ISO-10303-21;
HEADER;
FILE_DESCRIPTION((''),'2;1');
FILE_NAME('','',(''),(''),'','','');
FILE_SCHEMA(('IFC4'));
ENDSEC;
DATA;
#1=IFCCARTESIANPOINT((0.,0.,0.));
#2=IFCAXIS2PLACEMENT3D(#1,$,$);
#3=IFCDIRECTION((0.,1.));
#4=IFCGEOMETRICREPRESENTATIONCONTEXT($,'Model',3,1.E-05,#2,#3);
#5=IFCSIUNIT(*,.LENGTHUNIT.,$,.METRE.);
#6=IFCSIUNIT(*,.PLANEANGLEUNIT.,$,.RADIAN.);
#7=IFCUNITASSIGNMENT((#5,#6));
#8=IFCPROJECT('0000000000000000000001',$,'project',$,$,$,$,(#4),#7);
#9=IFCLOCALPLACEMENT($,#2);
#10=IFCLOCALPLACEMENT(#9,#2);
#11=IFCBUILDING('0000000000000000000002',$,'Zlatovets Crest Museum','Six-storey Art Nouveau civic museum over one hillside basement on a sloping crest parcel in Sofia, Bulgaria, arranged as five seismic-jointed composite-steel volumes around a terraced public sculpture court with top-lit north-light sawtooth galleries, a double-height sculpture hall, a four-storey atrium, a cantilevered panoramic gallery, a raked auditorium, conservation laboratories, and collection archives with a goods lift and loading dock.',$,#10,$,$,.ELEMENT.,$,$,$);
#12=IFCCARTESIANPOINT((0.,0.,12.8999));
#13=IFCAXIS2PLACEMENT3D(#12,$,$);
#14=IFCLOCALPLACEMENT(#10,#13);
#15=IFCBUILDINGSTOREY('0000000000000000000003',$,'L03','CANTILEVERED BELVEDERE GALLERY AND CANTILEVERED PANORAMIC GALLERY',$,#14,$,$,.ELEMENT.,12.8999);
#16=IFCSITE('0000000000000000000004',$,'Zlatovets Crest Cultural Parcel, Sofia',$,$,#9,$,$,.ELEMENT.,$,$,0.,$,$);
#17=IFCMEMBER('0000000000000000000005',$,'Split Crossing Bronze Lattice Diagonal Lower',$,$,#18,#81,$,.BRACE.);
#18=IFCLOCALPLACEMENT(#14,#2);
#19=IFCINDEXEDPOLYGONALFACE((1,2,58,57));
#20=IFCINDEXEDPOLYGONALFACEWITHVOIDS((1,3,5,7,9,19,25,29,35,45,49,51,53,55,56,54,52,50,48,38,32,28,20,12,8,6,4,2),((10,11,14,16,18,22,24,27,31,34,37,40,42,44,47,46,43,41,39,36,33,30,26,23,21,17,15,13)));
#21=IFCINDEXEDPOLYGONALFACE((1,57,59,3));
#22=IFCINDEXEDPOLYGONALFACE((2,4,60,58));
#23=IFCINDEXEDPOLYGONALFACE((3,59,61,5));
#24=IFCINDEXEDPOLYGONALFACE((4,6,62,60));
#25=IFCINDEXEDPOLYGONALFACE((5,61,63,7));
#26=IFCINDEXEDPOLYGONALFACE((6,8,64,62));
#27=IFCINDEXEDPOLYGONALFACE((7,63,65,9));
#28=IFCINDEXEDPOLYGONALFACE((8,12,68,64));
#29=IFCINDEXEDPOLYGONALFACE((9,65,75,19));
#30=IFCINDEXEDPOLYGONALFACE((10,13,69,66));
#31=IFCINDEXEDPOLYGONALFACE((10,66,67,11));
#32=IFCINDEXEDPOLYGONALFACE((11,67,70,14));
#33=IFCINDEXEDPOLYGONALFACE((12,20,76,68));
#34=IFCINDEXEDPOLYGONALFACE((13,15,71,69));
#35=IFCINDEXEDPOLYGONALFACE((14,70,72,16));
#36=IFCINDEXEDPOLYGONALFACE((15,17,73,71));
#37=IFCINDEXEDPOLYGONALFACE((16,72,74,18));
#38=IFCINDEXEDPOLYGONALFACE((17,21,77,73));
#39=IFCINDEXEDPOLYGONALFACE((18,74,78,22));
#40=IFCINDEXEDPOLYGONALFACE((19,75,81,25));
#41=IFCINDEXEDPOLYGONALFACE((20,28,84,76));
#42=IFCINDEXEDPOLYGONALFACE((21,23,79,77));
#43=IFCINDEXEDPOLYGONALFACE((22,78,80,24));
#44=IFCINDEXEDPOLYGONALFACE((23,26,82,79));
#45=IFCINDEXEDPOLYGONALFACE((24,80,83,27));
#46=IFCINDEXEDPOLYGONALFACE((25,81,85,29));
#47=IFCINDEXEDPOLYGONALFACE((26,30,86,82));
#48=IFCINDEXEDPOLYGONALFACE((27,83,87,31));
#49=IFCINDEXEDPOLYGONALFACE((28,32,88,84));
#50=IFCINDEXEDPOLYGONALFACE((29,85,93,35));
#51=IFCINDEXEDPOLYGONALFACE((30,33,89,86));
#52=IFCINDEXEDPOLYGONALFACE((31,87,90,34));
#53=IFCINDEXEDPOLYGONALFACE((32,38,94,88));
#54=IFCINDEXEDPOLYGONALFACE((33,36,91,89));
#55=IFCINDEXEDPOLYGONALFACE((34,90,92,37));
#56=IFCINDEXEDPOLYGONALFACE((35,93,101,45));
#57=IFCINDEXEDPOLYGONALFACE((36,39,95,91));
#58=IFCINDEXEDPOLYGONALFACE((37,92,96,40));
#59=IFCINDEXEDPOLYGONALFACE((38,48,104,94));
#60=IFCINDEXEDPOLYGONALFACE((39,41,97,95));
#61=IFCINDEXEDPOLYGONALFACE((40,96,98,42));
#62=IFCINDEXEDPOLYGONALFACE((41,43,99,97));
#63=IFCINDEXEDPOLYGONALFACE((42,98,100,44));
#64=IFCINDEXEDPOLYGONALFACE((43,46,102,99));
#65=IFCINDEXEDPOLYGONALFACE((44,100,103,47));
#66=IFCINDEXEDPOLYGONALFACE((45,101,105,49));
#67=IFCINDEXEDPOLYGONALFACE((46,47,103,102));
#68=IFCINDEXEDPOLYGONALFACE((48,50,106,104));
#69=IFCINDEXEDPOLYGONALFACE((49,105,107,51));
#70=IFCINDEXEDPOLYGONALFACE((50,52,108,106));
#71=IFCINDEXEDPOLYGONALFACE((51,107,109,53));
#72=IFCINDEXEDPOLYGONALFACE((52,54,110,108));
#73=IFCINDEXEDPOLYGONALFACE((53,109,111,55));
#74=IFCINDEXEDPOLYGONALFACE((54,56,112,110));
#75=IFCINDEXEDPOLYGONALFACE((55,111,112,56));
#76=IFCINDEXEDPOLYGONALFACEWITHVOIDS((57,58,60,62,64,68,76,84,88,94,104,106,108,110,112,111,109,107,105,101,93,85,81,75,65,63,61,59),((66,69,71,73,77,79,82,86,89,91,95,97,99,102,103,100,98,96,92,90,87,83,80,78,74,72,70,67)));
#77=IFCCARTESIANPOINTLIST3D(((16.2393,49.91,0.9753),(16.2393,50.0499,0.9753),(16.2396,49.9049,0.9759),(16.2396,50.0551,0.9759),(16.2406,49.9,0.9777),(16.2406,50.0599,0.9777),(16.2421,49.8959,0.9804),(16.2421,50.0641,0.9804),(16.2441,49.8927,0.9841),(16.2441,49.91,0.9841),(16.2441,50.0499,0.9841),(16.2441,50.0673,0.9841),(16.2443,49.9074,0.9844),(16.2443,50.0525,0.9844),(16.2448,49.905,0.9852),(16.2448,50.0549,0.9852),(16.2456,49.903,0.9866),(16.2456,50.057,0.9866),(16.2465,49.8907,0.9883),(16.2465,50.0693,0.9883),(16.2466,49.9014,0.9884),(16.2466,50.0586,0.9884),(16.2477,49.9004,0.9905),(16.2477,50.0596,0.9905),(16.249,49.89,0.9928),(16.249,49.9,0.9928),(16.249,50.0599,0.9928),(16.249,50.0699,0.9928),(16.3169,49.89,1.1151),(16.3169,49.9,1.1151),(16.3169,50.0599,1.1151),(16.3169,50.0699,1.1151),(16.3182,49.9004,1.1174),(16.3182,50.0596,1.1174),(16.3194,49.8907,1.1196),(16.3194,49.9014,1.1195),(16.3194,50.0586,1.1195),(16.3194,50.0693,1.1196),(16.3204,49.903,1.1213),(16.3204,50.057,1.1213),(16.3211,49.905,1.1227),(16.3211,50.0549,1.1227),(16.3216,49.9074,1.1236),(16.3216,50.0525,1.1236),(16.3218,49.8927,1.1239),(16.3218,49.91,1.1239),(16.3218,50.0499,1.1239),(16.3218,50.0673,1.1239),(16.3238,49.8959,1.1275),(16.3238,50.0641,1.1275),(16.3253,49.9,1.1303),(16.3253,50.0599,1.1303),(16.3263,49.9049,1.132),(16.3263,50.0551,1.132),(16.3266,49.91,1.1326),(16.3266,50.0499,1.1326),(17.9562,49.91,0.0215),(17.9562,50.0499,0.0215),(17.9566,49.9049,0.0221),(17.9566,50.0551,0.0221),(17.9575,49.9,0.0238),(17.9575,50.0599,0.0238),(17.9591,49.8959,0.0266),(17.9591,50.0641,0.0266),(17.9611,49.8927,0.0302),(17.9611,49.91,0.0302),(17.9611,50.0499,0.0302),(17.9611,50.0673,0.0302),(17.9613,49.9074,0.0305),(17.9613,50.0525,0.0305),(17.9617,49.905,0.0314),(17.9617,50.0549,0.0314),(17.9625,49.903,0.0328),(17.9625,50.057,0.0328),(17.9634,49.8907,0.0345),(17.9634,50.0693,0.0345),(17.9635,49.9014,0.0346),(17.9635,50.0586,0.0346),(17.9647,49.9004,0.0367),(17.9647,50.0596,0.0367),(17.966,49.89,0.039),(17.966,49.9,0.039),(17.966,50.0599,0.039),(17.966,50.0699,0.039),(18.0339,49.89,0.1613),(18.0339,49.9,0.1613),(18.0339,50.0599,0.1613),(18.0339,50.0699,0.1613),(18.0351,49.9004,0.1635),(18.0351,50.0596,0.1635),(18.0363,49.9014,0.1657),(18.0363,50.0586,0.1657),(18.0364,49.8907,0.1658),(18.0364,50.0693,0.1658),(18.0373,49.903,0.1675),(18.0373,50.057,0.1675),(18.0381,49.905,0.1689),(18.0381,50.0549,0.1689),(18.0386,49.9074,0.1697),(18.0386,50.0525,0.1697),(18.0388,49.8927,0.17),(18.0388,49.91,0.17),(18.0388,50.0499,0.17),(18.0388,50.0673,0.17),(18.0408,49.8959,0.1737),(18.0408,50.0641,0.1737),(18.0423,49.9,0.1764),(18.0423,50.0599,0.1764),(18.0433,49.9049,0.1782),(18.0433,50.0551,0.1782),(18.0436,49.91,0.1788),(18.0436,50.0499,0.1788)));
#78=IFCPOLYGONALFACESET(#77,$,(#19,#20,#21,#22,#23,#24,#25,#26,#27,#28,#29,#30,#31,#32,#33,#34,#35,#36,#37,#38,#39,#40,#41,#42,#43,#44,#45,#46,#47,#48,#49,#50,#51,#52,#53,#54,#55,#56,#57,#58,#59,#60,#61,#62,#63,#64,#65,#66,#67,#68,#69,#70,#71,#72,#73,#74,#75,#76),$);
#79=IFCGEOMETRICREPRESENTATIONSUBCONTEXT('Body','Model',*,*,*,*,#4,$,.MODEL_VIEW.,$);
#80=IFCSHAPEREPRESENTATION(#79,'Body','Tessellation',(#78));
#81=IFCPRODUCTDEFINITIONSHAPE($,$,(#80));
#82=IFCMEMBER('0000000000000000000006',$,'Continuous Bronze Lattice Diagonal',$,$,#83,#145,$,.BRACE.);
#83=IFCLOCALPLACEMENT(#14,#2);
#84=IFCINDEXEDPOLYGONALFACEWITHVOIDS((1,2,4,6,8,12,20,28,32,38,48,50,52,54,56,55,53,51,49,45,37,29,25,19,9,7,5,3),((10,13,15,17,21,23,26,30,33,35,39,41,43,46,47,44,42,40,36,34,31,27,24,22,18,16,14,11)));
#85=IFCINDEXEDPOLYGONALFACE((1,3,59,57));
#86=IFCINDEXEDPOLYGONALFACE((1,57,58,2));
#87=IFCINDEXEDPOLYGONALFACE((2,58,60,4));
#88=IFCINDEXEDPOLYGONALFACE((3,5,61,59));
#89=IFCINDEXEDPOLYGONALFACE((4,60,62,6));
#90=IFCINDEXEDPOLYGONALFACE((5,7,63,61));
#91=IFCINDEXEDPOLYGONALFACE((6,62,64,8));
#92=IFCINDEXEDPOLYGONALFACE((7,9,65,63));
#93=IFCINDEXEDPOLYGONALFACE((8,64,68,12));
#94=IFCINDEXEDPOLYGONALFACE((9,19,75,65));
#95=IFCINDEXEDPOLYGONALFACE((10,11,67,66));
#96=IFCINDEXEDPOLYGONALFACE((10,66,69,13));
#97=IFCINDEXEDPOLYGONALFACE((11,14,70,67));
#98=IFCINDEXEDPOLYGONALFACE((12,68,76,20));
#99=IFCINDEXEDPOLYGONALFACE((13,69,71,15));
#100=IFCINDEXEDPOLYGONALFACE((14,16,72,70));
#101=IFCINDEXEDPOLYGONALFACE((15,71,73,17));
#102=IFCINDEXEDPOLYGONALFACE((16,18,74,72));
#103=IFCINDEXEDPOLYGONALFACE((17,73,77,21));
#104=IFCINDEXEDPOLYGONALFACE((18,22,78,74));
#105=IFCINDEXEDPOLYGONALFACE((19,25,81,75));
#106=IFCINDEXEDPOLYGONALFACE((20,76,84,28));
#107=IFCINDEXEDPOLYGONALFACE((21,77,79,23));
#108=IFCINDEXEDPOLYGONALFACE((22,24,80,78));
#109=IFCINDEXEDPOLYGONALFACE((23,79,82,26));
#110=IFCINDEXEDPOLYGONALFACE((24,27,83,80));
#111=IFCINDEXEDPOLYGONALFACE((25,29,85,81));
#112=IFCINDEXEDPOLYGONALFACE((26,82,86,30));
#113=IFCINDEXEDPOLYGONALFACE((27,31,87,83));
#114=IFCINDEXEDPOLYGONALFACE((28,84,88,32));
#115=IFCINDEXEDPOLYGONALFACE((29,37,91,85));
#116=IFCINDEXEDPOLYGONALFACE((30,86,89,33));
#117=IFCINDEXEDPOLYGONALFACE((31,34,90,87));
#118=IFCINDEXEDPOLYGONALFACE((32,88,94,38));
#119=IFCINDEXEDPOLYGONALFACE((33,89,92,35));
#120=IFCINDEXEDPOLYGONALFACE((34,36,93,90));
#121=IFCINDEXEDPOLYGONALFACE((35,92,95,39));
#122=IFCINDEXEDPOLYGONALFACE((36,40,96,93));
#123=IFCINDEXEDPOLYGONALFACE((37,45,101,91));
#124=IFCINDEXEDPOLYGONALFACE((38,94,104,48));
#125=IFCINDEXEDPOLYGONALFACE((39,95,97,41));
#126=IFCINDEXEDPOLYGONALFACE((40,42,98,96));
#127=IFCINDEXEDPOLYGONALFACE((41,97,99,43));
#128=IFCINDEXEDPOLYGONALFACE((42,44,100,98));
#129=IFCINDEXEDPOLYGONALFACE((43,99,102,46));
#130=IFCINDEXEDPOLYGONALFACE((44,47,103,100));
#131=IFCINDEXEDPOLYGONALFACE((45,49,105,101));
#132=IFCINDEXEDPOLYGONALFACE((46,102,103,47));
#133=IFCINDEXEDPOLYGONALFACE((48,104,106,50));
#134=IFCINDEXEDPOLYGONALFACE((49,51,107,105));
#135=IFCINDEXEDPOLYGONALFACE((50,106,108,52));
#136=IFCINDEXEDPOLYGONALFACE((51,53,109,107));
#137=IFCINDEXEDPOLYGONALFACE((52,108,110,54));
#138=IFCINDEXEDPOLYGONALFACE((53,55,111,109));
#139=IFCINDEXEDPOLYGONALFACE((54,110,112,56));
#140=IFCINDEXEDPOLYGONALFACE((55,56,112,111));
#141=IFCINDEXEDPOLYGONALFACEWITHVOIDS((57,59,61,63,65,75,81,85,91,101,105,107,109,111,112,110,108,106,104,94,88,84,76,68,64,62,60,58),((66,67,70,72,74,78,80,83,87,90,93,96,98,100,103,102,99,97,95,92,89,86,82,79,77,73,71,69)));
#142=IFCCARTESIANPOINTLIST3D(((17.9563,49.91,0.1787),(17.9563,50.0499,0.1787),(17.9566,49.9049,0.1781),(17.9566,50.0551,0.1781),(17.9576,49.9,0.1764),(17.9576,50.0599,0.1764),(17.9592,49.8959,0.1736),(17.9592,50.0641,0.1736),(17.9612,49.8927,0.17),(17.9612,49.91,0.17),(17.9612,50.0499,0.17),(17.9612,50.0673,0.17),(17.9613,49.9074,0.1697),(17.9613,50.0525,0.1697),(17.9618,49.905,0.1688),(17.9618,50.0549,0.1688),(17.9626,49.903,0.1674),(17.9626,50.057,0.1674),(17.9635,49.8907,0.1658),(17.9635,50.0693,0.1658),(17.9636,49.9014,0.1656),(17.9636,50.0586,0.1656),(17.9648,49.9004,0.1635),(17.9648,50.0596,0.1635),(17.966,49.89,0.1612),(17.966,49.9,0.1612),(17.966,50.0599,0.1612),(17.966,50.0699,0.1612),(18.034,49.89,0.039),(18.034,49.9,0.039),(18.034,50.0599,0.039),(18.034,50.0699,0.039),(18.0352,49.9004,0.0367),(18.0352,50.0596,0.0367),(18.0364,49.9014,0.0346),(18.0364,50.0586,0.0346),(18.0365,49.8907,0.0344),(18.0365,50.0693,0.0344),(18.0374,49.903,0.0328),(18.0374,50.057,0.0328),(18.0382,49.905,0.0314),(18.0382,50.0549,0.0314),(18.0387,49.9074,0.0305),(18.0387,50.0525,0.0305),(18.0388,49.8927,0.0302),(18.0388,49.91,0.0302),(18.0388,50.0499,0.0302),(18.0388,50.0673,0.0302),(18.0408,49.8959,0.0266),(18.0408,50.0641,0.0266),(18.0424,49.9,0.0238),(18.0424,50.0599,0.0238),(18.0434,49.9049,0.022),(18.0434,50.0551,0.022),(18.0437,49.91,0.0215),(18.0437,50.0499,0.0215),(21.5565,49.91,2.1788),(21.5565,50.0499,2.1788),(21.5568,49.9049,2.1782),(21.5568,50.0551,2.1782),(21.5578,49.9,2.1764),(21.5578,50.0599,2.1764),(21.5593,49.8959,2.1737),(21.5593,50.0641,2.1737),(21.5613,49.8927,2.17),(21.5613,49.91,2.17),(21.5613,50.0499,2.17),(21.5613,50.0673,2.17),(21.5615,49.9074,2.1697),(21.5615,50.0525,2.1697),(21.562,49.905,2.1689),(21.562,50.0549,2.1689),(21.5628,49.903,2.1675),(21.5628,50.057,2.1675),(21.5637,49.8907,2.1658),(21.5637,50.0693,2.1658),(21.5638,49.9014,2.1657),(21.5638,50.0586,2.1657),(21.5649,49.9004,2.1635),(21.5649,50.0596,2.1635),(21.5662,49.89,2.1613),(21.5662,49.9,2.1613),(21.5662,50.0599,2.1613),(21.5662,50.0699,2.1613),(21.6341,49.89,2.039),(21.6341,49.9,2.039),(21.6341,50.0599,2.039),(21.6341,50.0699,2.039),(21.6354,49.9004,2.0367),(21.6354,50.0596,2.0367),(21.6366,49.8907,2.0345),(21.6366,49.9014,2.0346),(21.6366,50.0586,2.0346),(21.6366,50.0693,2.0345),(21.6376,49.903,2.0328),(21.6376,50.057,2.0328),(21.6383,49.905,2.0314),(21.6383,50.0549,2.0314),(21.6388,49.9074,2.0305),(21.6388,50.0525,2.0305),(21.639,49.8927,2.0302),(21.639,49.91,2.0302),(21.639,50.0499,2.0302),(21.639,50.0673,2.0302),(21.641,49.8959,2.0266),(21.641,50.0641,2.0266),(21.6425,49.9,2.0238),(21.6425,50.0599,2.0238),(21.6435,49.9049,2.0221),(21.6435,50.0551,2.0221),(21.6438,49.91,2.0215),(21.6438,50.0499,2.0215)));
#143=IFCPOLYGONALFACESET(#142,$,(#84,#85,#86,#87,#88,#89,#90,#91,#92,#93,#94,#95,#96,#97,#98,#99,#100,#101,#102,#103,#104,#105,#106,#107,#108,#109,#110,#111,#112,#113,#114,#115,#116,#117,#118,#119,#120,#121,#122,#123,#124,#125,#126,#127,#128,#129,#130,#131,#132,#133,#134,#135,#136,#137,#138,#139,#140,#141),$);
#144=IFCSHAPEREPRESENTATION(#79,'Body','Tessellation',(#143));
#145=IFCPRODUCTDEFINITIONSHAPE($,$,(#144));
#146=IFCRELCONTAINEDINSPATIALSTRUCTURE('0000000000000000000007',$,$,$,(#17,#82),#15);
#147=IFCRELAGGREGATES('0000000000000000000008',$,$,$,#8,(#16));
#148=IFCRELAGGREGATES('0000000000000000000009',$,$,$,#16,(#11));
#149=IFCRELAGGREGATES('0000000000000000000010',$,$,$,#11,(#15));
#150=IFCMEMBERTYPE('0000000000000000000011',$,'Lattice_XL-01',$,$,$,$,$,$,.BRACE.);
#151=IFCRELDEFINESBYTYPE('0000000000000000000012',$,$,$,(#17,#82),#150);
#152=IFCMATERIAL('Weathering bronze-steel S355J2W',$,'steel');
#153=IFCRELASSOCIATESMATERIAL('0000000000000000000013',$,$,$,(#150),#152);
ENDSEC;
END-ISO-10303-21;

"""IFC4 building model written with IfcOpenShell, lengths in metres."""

from ifc_helpers import new_model, si_unit, direction, frame, origin, origin_2d, place, context, subcontext, project, spatial, hollow_rectangle, extrude, material, material_profile, profile_set, type_object, element, save


model = new_model("IFC4")

# Units and contexts
model_context = context("Model", 3, precision=1e-05, world=origin(), true_north=direction((0.0, 1.0)))
body_context = subcontext(model_context, "Body", "Model", "MODEL_VIEW")
ifc_project = project(units=[si_unit("LENGTHUNIT", "METRE"), si_unit("PLANEANGLEUNIT", "RADIAN")], contexts=[model_context])

# Site, building, storey
site_placement = place(None, origin())
site = spatial("IfcSite", under=ifc_project, at=site_placement, Name="Zlatovets Crest Cultural Parcel, Sofia", CompositionType="ELEMENT", RefElevation=0.0)
building_placement = place(site_placement, origin())
building = spatial("IfcBuilding", under=site, at=building_placement, Name="Zlatovets Crest Museum", Description="Six-storey Art Nouveau civic museum over one hillside basement on a sloping crest parcel in Sofia, Bulgaria, arranged as five seismic-jointed composite-steel volumes around a terraced public sculpture court with top-lit north-light sawtooth galleries, a double-height sculpture hall, a four-storey atrium, a cantilevered panoramic gallery, a raked auditorium, conservation laboratories, and collection archives with a goods lift and loading dock.", CompositionType="ELEMENT")
storey_placement = place(building_placement, frame((0.0, 0.0, 12.8999)))
storey = spatial("IfcBuildingStorey", under=building, at=storey_placement, Name="L03", Description="CANTILEVERED BELVEDERE GALLERY AND CANTILEVERED PANORAMIC GALLERY", CompositionType="ELEMENT", Elevation=12.8999)

# Members
ifc_material_1 = material(Name="Weathering bronze-steel S355J2W", Category="steel")
ifc_material_profile_1 = material_profile(ifc_material_1, hollow_rectangle(XDim=0.1799, YDim=0.1799, WallThickness=0.01, InnerFilletRadius=0.01, OuterFilletRadius=0.02, at=origin_2d()), Name="SHS 180x180x10.0")
ifc_profile_set_1 = profile_set([ifc_material_profile_1], Name="Weathering bronze-steel S355J2W")
member_type_1 = type_object("IfcMemberType", Name="Lattice_XL-01", PredefinedType="BRACE", material=ifc_profile_set_1)
member_1_placement = place(storey_placement, frame((16.283, 49.98, 1.054), z_axis=(0.874169, 0.0, -0.485622), x_axis=(0.0, 1.0, 0.0)))
element("IfcMember", 1, at=member_1_placement, inside=storey, type_object=member_type_1, Name="Split Crossing Bronze Lattice Diagonal Lower", PredefinedType="BRACE", context=body_context, shape_type="SweptSolid", body=[
    extrude(hollow_rectangle(XDim=0.1799, YDim=0.1799, WallThickness=0.01, InnerFilletRadius=0.01, OuterFilletRadius=0.02, at=origin_2d()), origin(), (0.0, 0.0, 1.0), 1.9641),
])
member_2_placement = place(storey_placement, frame((18.0, 49.98, 0.1001), z_axis=(0.874163, 0.0, 0.485633), x_axis=(0.0, 1.0, 0.0)))
element("IfcMember", 2, at=member_2_placement, inside=storey, type_object=member_type_1, Name="Continuous Bronze Lattice Diagonal", PredefinedType="BRACE", context=body_context, shape_type="SweptSolid", body=[
    extrude(hollow_rectangle(XDim=0.1799, YDim=0.1799, WallThickness=0.01, InnerFilletRadius=0.01, OuterFilletRadius=0.02, at=origin_2d()), origin(), (0.0, 0.0, 1.0), 4.1184),
])

save(model, "model.ifc")
